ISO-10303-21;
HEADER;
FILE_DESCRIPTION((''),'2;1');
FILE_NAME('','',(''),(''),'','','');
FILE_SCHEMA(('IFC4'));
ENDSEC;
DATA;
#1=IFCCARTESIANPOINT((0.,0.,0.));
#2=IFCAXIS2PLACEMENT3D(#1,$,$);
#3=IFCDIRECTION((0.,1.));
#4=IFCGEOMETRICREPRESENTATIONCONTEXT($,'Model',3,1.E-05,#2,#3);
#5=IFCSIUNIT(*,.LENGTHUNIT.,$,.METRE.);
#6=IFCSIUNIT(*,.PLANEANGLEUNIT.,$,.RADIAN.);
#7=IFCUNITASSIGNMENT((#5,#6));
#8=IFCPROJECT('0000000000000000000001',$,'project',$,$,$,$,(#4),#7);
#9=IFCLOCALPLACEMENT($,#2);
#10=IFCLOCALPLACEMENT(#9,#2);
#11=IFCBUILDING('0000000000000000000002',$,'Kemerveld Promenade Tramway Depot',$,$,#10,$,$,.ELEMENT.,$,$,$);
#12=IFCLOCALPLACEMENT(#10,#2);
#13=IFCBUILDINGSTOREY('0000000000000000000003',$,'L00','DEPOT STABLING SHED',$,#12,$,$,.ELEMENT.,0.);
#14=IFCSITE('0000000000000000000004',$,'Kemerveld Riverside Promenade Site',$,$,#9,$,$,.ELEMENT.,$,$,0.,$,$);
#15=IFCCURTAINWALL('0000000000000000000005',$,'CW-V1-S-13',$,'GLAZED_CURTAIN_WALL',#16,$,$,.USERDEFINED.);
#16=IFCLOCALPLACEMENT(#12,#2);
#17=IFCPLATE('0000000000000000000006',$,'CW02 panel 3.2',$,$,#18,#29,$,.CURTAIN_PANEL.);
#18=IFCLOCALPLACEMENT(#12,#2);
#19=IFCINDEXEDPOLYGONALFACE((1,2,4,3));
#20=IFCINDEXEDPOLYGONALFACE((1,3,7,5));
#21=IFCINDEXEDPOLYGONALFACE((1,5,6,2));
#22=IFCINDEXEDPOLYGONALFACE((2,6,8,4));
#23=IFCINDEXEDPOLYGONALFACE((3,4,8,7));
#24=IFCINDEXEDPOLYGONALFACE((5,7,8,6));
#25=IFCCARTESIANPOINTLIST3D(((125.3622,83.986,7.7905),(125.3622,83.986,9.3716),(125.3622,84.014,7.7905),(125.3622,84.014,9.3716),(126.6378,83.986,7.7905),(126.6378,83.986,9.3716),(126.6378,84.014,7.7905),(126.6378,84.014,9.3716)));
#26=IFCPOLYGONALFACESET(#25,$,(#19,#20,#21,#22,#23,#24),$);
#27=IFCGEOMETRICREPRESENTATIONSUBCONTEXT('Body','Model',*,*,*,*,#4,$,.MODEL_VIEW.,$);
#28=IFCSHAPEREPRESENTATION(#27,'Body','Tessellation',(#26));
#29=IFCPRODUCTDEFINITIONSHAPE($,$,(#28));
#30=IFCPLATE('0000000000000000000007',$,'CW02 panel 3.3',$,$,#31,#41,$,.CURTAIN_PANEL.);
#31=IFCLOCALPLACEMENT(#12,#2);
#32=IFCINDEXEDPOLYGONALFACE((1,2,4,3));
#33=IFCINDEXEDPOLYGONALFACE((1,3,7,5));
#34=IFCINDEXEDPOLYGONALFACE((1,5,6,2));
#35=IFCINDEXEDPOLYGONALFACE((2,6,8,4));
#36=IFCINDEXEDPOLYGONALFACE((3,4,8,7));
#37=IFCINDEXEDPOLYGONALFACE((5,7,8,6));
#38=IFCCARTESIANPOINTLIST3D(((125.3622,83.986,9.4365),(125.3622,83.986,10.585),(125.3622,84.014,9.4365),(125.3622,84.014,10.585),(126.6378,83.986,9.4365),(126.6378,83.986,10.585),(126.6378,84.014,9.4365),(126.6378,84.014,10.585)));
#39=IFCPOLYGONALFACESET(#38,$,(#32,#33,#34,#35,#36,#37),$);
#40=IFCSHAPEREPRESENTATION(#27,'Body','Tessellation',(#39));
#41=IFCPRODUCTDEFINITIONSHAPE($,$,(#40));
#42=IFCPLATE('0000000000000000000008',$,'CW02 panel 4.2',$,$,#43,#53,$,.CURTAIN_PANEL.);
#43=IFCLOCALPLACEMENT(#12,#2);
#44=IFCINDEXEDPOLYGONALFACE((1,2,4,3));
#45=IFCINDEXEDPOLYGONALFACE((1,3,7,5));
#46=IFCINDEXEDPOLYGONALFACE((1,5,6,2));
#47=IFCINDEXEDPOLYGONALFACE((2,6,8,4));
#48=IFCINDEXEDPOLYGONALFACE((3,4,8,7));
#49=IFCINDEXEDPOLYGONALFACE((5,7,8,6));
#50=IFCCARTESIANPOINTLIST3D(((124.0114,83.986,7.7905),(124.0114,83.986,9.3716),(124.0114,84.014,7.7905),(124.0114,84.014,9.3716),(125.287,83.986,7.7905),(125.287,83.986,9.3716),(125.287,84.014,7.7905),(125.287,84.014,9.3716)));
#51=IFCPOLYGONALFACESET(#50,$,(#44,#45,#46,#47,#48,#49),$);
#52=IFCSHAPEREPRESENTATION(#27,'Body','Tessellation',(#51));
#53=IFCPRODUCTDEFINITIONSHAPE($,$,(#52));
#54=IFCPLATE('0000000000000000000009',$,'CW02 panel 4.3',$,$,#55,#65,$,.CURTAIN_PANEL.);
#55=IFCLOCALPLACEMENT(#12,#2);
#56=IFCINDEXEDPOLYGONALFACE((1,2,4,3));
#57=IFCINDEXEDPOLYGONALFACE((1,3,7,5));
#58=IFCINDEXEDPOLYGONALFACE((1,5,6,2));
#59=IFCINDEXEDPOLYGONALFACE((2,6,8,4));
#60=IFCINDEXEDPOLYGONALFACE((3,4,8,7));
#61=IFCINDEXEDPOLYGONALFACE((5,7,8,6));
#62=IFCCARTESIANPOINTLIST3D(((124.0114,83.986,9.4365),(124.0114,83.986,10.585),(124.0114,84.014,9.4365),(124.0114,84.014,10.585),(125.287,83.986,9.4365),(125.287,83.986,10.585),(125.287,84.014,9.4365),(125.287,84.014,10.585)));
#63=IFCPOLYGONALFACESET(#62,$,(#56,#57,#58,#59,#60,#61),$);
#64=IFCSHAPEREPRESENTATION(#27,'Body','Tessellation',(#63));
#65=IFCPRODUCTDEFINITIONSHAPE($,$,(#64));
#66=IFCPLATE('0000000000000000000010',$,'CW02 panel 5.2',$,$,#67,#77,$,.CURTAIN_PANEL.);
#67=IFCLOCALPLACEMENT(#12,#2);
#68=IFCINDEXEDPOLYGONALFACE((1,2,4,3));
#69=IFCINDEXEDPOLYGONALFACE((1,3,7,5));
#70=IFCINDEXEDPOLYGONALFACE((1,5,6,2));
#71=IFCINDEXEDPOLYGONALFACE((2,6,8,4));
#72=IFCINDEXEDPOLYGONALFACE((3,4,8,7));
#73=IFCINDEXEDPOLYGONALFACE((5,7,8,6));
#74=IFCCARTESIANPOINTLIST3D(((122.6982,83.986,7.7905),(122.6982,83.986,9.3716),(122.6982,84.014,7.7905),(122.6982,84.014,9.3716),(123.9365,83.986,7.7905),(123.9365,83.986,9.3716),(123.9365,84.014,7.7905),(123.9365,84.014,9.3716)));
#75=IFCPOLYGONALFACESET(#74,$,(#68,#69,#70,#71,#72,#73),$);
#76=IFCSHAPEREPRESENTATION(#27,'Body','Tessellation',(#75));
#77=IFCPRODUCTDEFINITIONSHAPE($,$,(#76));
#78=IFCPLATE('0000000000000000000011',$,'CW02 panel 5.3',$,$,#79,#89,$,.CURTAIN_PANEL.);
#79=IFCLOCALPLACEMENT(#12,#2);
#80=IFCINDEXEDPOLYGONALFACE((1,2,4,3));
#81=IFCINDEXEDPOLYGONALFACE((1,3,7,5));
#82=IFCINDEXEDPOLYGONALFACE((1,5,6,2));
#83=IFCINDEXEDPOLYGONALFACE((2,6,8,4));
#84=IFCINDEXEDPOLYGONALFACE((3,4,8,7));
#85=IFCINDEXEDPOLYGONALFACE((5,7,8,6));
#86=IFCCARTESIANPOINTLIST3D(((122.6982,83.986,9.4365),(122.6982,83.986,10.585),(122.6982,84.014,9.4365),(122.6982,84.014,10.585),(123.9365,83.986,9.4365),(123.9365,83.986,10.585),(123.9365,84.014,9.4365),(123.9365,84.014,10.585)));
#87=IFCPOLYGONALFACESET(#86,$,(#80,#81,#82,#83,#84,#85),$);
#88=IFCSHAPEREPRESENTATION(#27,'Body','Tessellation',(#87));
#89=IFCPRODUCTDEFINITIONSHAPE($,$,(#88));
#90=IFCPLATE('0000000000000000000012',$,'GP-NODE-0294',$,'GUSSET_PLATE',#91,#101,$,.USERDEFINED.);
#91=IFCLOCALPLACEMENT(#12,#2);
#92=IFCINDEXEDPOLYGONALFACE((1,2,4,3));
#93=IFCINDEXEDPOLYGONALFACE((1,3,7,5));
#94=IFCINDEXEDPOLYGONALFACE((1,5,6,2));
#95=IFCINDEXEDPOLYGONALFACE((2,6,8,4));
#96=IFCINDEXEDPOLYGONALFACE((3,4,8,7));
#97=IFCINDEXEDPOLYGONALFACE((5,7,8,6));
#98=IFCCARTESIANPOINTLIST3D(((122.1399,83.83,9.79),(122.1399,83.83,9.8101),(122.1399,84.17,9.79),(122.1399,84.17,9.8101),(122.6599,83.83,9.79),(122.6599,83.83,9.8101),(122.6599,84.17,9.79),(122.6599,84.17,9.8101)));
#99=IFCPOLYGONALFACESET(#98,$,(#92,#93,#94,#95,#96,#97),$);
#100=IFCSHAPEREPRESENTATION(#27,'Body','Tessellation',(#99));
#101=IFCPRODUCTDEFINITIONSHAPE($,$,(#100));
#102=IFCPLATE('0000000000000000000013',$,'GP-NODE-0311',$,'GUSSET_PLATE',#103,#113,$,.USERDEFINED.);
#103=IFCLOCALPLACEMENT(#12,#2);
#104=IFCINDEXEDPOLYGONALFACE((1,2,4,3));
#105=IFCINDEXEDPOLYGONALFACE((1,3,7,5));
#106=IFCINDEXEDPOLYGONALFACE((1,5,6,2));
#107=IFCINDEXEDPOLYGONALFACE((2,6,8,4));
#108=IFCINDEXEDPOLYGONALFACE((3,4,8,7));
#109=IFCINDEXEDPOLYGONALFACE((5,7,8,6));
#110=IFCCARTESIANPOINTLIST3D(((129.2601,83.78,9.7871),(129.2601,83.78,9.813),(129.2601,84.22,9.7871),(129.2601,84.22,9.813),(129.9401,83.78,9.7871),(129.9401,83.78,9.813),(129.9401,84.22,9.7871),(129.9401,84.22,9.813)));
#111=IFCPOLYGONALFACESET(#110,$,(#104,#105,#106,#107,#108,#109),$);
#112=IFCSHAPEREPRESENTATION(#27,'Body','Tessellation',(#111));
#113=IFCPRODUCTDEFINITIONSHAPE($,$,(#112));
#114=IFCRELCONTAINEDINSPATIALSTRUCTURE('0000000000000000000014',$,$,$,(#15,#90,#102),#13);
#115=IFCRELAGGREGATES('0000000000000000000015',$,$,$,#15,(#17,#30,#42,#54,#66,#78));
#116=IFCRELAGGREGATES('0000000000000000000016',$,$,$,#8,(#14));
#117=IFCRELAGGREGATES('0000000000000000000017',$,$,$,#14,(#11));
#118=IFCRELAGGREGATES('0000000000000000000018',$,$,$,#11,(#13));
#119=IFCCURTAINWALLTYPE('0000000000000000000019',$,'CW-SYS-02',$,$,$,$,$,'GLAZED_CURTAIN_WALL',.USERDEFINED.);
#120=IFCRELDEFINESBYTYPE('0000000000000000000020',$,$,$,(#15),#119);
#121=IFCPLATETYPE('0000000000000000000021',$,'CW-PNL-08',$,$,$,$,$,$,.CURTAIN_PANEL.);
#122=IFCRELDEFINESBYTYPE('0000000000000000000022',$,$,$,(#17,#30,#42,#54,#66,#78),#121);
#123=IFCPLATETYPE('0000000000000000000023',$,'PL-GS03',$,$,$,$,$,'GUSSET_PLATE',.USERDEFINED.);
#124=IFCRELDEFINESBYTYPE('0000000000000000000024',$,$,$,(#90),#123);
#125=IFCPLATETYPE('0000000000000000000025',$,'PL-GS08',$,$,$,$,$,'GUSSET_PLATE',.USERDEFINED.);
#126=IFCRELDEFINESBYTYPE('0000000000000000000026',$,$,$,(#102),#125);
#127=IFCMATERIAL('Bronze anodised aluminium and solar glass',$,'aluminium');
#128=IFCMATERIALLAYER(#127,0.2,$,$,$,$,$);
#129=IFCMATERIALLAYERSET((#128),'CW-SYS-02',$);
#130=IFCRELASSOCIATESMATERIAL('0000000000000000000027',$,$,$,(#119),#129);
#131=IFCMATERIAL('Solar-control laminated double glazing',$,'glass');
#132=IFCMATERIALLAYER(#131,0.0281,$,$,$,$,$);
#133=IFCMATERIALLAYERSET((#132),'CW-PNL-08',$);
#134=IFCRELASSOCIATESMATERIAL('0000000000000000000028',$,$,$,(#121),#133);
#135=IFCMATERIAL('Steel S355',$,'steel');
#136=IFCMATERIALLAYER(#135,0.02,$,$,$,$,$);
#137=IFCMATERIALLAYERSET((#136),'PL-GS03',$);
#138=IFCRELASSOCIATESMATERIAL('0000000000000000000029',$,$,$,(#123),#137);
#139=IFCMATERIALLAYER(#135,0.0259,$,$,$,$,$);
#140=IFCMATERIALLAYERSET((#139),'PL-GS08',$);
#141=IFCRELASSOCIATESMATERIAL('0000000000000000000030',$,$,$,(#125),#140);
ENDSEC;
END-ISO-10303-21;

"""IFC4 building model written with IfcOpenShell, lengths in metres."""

from ifc_helpers import new_model, si_unit, direction, frame, origin, origin_2d, place, context, subcontext, project, spatial, rectangle, extrude, material, layer, layer_set, type_object, element, aggregate, save


model = new_model("IFC4")

# Units and contexts
model_context = context("Model", 3, precision=1e-05, world=origin(), true_north=direction((0.0, 1.0)))
body_context = subcontext(model_context, "Body", "Model", "MODEL_VIEW")
ifc_project = project(units=[si_unit("LENGTHUNIT", "METRE"), si_unit("PLANEANGLEUNIT", "RADIAN")], contexts=[model_context])

# Site, building, storey
site_placement = place(None, origin())
site = spatial("IfcSite", under=ifc_project, at=site_placement, Name="Kemerveld Riverside Promenade Site", CompositionType="ELEMENT", RefElevation=0.0)
building_placement = place(site_placement, origin())
building = spatial("IfcBuilding", under=site, at=building_placement, Name="Kemerveld Promenade Tramway Depot", CompositionType="ELEMENT")
storey_placement = place(building_placement, origin())
storey = spatial("IfcBuildingStorey", under=building, at=storey_placement, Name="L00", Description="DEPOT STABLING SHED", CompositionType="ELEMENT", Elevation=0.0)

# Shared definitions
ifc_material_1 = material(Name="Steel S355", Category="steel")

# Curtain wall
ifc_material_2 = material(Name="Bronze anodised aluminium and solar glass", Category="aluminium")
ifc_layer_1 = layer(ifc_material_2, 0.2)
ifc_layer_set_1 = layer_set([ifc_layer_1], Name="CW-SYS-02")
curtain_wall_type_1 = type_object("IfcCurtainWallType", Name="CW-SYS-02", ElementType="GLAZED_CURTAIN_WALL", PredefinedType="USERDEFINED", material=ifc_layer_set_1)
curtain_wall_1_placement = place(storey_placement, origin())
curtain_wall_1 = element("IfcCurtainWall", 1, at=curtain_wall_1_placement, inside=storey, type_object=curtain_wall_type_1, Name="CW-V1-S-13", ObjectType="GLAZED_CURTAIN_WALL", PredefinedType="USERDEFINED")

# Plates
ifc_material_3 = material(Name="Solar-control laminated double glazing", Category="glass")
ifc_layer_2 = layer(ifc_material_3, 0.0281)
ifc_layer_set_2 = layer_set([ifc_layer_2], Name="CW-PNL-08")
plate_type_1 = type_object("IfcPlateType", Name="CW-PNL-08", PredefinedType="CURTAIN_PANEL", material=ifc_layer_set_2)
plate_1_placement = place(storey_placement, frame((126.0, 84.0, 7.7905), z_axis=(0.0, 0.0, 1.0), x_axis=(-1.0, 0.0, 0.0)))
plate_1 = element("IfcPlate", 2, at=plate_1_placement, type_object=plate_type_1, Name="CW02 panel 3.2", PredefinedType="CURTAIN_PANEL", context=body_context, shape_type="SweptSolid", body=[
    extrude(rectangle(XDim=1.2756, YDim=0.0281, at=origin_2d()), origin(), (0.0, 0.0, 1.0), 1.5811),
])
plate_2_placement = place(storey_placement, frame((126.0, 84.0, 9.4365), z_axis=(0.0, 0.0, 1.0), x_axis=(-1.0, 0.0, 0.0)))
plate_2 = element("IfcPlate", 3, at=plate_2_placement, type_object=plate_type_1, Name="CW02 panel 3.3", PredefinedType="CURTAIN_PANEL", context=body_context, shape_type="SweptSolid", body=[
    extrude(rectangle(XDim=1.2756, YDim=0.0281, at=origin_2d()), origin(), (0.0, 0.0, 1.0), 1.1484),
])
plate_3_placement = place(storey_placement, frame((124.6492, 84.0, 7.7905), z_axis=(0.0, 0.0, 1.0), x_axis=(-1.0, 0.0, 0.0)))
plate_3 = element("IfcPlate", 4, at=plate_3_placement, type_object=plate_type_1, Name="CW02 panel 4.2", PredefinedType="CURTAIN_PANEL", context=body_context, shape_type="SweptSolid", body=[
    extrude(rectangle(XDim=1.2756, YDim=0.0281, at=origin_2d()), origin(), (0.0, 0.0, 1.0), 1.5811),
])
plate_4_placement = place(storey_placement, frame((124.6492, 84.0, 9.4365), z_axis=(0.0, 0.0, 1.0), x_axis=(-1.0, 0.0, 0.0)))
plate_4 = element("IfcPlate", 5, at=plate_4_placement, type_object=plate_type_1, Name="CW02 panel 4.3", PredefinedType="CURTAIN_PANEL", context=body_context, shape_type="SweptSolid", body=[
    extrude(rectangle(XDim=1.2756, YDim=0.0281, at=origin_2d()), origin(), (0.0, 0.0, 1.0), 1.1484),
])
plate_5_placement = place(storey_placement, frame((123.3174, 84.0, 7.7905), z_axis=(0.0, 0.0, 1.0), x_axis=(-1.0, 0.0, 0.0)))
plate_5 = element("IfcPlate", 6, at=plate_5_placement, type_object=plate_type_1, Name="CW02 panel 5.2", PredefinedType="CURTAIN_PANEL", context=body_context, shape_type="SweptSolid", body=[
    extrude(rectangle(XDim=1.2383, YDim=0.0281, at=origin_2d()), origin(), (0.0, 0.0, 1.0), 1.5811),
])
plate_6_placement = place(storey_placement, frame((123.3174, 84.0, 9.4365), z_axis=(0.0, 0.0, 1.0), x_axis=(-1.0, 0.0, 0.0)))
plate_6 = element("IfcPlate", 7, at=plate_6_placement, type_object=plate_type_1, Name="CW02 panel 5.3", PredefinedType="CURTAIN_PANEL", context=body_context, shape_type="SweptSolid", body=[
    extrude(rectangle(XDim=1.2383, YDim=0.0281, at=origin_2d()), origin(), (0.0, 0.0, 1.0), 1.1484),
])
aggregate(curtain_wall_1, [plate_1, plate_2, plate_3, plate_4, plate_5, plate_6])

# Plates
ifc_layer_3 = layer(ifc_material_1, 0.02)
ifc_layer_set_3 = layer_set([ifc_layer_3], Name="PL-GS03")
plate_type_2 = type_object("IfcPlateType", Name="PL-GS03", ElementType="GUSSET_PLATE", PredefinedType="USERDEFINED", material=ifc_layer_set_3)
plate_7_placement = place(storey_placement, frame((122.3999, 84.0, 9.79), z_axis=(0.0, 0.0, 1.0), x_axis=(1.0, 0.0, 0.0)))
element("IfcPlate", 8, at=plate_7_placement, inside=storey, type_object=plate_type_2, Name="GP-NODE-0294", ObjectType="GUSSET_PLATE", PredefinedType="USERDEFINED", context=body_context, shape_type="SweptSolid", body=[
    extrude(rectangle(XDim=0.52, YDim=0.3401, at=origin_2d()), origin(), (0.0, 0.0, 1.0), 0.02),
])
ifc_layer_4 = layer(ifc_material_1, 0.0259)
ifc_layer_set_4 = layer_set([ifc_layer_4], Name="PL-GS08")
plate_type_3 = type_object("IfcPlateType", Name="PL-GS08", ElementType="GUSSET_PLATE", PredefinedType="USERDEFINED", material=ifc_layer_set_4)
plate_8_placement = place(storey_placement, frame((129.6001, 84.0, 9.7871), z_axis=(0.0, 0.0, 1.0), x_axis=(1.0, 0.0, 0.0)))
element("IfcPlate", 9, at=plate_8_placement, inside=storey, type_object=plate_type_3, Name="GP-NODE-0311", ObjectType="GUSSET_PLATE", PredefinedType="USERDEFINED", context=body_context, shape_type="SweptSolid", body=[
    extrude(rectangle(XDim=0.6799, YDim=0.4399, at=origin_2d()), origin(), (0.0, 0.0, 1.0), 0.0259),
])

save(model, "model.ifc")
